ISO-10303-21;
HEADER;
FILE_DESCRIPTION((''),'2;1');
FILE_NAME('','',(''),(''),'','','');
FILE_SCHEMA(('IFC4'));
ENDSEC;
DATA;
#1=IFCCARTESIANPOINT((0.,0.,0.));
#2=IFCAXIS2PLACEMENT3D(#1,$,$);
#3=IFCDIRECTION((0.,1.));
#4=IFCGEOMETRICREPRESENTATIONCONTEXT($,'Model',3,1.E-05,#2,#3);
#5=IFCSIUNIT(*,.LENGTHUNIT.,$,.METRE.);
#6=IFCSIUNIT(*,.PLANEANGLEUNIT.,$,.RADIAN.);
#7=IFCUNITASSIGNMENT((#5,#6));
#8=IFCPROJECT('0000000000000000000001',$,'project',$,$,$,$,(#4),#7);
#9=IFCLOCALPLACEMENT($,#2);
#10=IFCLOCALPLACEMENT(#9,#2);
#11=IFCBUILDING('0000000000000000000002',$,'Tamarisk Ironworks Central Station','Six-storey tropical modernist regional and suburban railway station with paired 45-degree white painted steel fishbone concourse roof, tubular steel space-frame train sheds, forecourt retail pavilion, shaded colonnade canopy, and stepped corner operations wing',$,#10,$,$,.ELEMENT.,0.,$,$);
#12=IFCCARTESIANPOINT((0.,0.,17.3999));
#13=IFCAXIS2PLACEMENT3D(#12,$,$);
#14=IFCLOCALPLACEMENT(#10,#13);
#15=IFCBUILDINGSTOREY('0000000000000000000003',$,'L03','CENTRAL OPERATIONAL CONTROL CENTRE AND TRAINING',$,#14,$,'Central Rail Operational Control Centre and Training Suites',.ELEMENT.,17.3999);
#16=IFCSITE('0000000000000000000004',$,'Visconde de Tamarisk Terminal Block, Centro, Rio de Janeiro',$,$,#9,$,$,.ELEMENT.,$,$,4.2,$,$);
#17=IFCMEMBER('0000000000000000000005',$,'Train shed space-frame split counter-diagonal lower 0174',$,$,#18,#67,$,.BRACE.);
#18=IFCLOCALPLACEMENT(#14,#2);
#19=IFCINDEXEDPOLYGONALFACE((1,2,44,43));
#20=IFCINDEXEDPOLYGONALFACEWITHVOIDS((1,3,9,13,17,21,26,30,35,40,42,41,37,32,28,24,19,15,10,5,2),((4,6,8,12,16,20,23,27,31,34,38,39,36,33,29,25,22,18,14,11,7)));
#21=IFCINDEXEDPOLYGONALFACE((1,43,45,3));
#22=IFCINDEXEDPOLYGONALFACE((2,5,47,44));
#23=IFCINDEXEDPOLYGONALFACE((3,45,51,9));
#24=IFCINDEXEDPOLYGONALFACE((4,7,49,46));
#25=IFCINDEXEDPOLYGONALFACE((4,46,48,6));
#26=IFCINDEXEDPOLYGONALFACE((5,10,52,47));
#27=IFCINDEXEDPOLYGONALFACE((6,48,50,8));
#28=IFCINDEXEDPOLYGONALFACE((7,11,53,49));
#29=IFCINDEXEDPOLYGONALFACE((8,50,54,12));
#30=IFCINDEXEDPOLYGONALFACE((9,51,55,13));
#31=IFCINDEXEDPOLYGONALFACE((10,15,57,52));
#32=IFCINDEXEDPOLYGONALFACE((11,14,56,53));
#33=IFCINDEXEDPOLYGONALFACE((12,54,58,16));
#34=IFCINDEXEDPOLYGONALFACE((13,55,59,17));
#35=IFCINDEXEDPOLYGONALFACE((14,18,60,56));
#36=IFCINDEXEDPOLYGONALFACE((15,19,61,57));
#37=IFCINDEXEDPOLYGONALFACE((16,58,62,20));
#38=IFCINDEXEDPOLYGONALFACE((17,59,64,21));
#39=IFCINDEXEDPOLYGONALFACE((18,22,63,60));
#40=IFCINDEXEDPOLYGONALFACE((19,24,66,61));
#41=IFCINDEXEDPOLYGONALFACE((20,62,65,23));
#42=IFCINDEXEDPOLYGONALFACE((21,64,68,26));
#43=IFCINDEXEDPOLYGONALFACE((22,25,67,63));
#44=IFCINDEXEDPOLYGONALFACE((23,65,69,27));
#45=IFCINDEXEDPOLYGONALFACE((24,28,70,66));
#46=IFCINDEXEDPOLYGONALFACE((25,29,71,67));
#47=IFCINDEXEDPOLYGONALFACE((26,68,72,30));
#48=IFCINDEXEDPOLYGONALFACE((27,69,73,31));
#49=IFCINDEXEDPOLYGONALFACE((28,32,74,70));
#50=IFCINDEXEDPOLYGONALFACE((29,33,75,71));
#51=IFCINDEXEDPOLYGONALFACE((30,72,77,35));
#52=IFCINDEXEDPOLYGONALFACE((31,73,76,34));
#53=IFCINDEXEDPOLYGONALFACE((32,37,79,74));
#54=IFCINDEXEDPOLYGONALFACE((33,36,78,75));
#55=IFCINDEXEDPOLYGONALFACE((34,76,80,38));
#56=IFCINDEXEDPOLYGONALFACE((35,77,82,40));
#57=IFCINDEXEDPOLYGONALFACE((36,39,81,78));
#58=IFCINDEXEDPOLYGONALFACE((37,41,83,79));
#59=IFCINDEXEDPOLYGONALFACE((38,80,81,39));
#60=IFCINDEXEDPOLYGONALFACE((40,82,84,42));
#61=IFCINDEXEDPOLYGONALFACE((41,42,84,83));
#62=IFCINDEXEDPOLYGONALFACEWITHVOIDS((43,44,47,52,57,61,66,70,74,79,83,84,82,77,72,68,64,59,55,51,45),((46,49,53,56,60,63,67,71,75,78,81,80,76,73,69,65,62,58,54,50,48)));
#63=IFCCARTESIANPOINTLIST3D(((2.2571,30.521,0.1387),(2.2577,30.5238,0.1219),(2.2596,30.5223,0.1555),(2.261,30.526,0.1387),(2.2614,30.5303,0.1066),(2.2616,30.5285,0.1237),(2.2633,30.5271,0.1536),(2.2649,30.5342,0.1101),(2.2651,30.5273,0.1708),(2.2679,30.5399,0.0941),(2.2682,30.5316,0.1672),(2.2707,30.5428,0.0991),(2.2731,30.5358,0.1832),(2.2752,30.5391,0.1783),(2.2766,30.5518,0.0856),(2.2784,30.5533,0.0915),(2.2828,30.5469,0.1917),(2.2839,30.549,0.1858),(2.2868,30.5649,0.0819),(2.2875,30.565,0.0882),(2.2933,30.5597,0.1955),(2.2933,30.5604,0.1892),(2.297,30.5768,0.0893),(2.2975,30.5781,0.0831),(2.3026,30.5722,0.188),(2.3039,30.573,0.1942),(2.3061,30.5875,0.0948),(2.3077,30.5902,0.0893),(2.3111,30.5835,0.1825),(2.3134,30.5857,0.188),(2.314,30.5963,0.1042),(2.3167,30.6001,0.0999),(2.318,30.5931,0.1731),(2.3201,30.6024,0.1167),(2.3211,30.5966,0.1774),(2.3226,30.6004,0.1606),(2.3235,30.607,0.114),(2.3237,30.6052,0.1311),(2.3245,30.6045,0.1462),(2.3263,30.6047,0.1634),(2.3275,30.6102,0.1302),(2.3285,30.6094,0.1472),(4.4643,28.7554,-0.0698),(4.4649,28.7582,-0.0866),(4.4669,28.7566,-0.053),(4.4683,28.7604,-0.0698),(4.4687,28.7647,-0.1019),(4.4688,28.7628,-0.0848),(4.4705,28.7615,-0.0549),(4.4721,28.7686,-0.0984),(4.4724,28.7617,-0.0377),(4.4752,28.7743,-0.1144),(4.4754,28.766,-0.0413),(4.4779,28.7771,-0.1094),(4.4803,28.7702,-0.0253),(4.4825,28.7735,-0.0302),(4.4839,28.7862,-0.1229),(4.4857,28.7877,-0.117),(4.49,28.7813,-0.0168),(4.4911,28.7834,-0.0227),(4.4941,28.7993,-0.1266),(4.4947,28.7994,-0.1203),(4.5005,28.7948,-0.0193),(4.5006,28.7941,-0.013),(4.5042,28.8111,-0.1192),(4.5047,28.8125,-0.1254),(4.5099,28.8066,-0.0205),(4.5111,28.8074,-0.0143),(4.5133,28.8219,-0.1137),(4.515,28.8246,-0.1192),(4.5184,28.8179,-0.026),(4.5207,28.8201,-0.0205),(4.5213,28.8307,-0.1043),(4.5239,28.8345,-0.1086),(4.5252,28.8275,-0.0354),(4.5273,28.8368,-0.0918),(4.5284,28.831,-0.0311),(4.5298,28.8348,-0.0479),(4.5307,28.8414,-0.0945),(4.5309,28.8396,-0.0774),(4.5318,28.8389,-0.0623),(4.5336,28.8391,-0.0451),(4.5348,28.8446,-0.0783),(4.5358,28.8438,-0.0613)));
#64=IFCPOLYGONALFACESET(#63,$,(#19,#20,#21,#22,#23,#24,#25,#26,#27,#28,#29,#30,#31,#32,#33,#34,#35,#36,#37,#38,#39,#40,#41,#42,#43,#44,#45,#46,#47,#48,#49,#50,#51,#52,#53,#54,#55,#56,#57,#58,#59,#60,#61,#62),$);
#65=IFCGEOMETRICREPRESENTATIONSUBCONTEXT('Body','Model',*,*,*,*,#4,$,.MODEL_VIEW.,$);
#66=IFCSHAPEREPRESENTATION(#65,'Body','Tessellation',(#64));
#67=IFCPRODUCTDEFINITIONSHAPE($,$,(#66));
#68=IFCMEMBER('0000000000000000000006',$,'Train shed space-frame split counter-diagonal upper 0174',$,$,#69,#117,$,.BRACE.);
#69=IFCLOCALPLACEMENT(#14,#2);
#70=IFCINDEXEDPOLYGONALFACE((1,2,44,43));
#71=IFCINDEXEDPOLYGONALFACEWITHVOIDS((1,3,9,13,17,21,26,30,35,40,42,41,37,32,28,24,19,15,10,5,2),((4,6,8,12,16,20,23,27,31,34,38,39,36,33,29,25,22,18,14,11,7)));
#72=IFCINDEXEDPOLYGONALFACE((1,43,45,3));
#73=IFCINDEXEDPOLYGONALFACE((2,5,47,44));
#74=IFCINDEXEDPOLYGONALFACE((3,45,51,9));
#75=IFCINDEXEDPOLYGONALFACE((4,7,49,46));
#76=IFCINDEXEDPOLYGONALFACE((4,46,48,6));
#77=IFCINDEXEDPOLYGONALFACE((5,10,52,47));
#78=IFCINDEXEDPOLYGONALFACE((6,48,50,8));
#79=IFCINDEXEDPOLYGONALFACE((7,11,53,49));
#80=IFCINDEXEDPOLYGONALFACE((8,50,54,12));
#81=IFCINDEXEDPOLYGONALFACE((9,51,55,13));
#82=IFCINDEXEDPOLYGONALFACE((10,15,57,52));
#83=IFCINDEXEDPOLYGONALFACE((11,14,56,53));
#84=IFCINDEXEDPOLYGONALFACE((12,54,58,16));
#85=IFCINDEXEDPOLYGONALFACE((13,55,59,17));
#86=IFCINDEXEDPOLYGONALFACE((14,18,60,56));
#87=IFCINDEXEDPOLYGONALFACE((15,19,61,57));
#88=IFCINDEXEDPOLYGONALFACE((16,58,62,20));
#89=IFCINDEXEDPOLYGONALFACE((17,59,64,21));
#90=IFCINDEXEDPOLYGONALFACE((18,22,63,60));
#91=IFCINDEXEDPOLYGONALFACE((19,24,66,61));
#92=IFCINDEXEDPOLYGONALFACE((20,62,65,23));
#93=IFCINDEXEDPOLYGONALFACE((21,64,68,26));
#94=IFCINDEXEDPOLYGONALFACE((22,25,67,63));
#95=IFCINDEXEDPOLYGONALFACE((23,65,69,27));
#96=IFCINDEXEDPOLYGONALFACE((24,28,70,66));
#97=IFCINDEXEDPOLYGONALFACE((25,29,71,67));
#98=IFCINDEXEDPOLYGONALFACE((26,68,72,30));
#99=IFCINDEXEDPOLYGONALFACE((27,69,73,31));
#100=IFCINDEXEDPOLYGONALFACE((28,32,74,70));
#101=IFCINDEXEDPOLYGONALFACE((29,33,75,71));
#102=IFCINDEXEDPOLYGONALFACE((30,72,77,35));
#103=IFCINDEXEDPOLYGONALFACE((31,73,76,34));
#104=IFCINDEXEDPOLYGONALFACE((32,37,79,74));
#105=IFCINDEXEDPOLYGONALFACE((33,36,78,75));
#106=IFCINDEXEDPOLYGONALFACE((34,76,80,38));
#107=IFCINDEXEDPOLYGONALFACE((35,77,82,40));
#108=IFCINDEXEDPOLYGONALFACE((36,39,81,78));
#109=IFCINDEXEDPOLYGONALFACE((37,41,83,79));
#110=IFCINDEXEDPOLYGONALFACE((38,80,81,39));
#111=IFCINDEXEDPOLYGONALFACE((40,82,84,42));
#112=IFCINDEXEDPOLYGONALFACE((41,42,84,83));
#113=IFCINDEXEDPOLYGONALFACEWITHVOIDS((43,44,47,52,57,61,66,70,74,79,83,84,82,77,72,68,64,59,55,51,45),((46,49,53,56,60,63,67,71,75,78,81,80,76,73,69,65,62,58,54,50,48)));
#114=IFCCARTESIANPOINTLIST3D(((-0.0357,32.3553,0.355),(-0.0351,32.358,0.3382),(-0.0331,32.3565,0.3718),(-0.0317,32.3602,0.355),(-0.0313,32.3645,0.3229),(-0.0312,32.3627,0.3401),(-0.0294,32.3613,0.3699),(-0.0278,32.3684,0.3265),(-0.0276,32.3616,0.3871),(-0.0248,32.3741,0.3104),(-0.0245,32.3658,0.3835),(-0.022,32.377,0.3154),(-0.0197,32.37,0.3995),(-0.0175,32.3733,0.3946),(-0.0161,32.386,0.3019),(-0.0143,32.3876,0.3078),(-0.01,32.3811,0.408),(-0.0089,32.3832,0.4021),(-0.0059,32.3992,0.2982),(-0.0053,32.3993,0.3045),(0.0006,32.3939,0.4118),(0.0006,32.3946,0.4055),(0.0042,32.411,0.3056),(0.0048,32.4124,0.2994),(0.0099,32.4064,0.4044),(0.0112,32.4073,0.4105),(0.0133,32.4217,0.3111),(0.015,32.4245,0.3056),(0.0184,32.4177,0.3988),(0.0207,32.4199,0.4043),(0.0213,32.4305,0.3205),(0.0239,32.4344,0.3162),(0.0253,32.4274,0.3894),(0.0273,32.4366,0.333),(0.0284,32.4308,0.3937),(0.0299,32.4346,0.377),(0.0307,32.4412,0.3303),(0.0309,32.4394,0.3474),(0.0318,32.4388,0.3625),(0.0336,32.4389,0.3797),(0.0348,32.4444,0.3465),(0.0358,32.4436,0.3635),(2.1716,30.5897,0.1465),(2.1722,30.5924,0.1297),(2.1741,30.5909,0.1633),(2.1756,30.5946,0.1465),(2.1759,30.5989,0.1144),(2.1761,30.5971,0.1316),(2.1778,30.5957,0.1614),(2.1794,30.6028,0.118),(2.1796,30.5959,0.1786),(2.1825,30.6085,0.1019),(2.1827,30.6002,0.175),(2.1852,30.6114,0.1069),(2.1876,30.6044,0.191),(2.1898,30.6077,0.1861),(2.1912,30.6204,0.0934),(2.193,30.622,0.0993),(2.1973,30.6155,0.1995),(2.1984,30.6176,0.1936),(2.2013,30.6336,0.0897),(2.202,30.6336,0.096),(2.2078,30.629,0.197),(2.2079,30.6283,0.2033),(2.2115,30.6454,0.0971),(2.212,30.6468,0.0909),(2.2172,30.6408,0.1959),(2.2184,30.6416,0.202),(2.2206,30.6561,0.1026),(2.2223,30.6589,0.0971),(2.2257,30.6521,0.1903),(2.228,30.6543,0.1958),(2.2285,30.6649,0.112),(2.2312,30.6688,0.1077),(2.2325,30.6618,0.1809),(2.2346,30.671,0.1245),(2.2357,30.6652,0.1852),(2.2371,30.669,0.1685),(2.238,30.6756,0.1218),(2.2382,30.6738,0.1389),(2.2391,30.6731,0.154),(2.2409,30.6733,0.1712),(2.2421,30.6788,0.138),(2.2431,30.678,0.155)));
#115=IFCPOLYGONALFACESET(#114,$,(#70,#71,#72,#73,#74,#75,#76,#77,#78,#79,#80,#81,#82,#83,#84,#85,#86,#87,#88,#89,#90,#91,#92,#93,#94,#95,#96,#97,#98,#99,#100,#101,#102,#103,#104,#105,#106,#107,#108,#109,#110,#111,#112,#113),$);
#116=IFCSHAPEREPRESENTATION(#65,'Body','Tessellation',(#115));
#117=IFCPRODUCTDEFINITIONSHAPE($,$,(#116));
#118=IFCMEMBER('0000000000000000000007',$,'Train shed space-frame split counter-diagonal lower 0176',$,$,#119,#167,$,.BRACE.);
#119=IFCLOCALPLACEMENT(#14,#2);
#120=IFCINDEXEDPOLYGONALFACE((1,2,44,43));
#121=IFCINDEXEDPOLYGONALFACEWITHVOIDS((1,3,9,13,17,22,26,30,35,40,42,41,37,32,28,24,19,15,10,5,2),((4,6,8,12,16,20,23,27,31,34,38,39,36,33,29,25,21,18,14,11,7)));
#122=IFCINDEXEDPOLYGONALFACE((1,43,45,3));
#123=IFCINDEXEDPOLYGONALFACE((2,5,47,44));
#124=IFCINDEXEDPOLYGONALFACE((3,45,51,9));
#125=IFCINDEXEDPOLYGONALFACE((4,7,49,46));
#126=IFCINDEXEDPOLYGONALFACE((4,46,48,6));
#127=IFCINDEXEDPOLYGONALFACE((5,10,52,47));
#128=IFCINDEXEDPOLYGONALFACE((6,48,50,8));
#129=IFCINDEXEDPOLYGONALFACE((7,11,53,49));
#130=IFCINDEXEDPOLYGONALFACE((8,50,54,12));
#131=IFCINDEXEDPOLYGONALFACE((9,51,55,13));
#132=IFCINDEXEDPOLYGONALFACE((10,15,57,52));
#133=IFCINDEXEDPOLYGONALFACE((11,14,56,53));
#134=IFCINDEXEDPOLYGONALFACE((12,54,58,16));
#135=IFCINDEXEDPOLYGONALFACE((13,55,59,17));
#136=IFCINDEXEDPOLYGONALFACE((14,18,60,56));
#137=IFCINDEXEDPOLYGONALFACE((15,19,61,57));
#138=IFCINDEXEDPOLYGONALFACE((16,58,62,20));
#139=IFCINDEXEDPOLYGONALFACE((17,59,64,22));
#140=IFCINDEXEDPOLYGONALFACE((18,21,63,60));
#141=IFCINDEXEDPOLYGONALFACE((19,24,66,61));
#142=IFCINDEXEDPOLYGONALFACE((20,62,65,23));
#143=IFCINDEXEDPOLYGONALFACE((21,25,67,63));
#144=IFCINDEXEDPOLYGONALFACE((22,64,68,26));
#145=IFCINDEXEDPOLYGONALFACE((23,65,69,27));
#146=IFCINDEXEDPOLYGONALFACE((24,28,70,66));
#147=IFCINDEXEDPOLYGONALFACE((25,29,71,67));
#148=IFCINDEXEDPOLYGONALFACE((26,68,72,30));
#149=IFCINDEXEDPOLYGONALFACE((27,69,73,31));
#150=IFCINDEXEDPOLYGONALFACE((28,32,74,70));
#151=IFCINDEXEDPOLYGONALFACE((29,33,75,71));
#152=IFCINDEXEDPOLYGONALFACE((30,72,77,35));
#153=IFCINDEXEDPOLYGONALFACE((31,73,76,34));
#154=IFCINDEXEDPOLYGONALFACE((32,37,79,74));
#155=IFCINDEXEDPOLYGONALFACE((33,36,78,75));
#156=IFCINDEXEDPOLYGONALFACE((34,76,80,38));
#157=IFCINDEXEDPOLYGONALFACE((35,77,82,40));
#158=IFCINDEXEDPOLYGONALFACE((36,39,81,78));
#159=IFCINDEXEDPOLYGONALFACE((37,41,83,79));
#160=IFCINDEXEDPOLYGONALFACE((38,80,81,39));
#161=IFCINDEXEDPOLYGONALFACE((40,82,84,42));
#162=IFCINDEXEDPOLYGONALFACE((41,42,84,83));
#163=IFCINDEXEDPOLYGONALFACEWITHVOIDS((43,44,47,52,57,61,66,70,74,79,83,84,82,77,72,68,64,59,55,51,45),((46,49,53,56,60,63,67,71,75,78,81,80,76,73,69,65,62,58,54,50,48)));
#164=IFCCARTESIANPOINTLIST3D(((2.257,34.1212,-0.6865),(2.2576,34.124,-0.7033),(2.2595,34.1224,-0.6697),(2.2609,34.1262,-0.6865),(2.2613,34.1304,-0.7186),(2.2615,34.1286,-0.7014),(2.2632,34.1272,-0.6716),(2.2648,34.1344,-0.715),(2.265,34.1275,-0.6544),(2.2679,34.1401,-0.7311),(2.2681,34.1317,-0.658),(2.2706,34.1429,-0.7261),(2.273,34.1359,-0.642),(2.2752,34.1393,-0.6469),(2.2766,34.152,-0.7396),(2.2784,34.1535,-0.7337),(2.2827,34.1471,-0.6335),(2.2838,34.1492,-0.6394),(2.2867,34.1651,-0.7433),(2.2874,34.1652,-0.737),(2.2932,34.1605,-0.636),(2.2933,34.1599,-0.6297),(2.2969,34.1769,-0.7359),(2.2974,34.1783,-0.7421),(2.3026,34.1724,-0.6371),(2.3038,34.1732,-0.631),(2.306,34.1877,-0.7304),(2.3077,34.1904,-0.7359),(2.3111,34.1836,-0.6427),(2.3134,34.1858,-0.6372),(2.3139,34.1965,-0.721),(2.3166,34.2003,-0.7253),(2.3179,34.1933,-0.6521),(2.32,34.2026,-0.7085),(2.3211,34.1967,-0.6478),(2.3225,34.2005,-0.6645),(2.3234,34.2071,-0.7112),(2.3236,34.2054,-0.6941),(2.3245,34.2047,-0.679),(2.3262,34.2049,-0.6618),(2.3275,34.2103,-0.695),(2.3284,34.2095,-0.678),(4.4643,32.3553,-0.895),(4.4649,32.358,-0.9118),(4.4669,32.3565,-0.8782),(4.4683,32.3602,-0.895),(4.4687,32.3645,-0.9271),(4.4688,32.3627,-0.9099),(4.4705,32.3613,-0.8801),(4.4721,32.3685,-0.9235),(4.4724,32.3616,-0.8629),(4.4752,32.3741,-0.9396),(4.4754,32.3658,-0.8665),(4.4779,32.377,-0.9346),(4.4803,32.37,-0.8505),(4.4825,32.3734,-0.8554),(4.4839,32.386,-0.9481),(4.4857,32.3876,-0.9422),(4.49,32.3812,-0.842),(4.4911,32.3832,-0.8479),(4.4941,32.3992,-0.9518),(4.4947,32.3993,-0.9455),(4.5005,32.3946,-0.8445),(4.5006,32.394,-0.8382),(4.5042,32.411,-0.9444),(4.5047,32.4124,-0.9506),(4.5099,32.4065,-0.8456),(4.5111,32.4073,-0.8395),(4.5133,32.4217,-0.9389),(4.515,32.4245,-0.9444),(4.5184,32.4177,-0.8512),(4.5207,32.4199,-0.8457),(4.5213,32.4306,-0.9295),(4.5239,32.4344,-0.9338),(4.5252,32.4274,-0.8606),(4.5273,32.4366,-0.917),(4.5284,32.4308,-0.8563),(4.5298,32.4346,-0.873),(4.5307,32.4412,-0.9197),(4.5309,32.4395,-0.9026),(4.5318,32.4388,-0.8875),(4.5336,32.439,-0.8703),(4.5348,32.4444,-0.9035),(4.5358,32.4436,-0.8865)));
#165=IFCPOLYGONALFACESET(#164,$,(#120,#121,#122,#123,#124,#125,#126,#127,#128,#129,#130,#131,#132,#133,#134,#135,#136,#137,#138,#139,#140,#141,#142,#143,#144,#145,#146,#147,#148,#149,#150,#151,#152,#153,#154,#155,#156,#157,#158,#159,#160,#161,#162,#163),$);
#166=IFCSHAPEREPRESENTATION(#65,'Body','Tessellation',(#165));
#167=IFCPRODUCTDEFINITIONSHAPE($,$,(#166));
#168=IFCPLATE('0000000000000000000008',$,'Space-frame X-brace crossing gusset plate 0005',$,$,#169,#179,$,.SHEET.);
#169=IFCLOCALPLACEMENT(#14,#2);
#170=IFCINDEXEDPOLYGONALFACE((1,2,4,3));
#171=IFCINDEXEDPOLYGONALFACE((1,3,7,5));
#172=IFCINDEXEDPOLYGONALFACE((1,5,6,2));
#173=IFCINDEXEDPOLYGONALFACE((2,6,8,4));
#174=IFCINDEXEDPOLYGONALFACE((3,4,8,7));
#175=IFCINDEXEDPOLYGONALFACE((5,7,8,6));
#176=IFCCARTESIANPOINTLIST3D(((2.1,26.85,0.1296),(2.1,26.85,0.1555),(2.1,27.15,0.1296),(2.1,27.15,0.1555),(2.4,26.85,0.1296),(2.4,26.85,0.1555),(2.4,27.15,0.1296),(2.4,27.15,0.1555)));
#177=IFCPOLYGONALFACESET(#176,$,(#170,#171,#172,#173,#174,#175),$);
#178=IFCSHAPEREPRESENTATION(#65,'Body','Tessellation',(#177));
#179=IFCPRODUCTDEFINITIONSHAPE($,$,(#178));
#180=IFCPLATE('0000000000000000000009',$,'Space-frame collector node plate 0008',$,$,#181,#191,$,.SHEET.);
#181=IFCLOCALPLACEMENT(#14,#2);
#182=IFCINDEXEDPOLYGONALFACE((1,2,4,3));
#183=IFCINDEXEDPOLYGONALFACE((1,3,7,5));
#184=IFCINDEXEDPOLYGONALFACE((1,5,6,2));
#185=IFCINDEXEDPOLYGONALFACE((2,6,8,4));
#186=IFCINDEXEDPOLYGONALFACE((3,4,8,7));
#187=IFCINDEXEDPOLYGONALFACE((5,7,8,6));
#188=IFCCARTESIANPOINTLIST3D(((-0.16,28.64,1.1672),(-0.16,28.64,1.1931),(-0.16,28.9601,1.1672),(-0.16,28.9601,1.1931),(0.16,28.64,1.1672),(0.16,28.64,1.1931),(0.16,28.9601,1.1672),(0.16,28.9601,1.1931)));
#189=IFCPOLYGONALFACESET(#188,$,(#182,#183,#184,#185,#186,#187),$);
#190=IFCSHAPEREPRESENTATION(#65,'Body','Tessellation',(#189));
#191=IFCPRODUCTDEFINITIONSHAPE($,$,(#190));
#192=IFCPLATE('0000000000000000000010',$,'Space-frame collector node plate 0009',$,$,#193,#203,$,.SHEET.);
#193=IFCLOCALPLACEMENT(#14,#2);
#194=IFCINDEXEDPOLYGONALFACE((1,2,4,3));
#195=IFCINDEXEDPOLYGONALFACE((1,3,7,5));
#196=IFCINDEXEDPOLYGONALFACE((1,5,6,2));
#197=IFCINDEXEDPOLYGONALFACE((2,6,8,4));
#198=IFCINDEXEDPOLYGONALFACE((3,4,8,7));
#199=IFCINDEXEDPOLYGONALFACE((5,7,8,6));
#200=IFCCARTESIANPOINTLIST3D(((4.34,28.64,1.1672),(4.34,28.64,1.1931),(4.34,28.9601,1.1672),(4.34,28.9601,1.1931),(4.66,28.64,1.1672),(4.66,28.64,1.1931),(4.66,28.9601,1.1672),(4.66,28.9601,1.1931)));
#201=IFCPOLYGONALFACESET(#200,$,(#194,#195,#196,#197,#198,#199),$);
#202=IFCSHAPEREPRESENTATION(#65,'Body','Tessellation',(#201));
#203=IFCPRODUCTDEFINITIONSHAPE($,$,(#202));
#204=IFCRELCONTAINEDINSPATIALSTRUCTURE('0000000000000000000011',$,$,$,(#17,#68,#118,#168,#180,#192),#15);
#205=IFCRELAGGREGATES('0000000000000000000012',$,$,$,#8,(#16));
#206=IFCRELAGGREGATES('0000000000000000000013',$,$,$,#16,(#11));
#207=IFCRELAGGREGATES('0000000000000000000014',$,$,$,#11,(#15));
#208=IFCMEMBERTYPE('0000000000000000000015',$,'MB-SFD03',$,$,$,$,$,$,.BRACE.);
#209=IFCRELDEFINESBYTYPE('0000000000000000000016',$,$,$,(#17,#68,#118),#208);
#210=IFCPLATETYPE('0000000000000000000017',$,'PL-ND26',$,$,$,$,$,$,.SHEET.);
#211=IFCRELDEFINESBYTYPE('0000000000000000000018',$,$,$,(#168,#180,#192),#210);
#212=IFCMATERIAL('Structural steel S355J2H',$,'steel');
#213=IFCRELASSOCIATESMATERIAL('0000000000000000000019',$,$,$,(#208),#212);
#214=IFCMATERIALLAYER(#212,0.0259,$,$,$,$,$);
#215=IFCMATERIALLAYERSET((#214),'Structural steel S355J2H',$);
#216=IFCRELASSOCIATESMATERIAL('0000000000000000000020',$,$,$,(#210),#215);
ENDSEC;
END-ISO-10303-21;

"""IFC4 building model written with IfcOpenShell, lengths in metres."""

from ifc_helpers import new_model, si_unit, direction, frame, origin, origin_2d, place, context, subcontext, project, spatial, rectangle, hollow_circle, extrude, material, layer, layer_set, material_profile, profile_set, type_object, element, save


model = new_model("IFC4")

# Units and contexts
model_context = context("Model", 3, precision=1e-05, world=origin(), true_north=direction((0.0, 1.0)))
body_context = subcontext(model_context, "Body", "Model", "MODEL_VIEW")
ifc_project = project(units=[si_unit("LENGTHUNIT", "METRE"), si_unit("PLANEANGLEUNIT", "RADIAN")], contexts=[model_context])

# Site, building, storey
site_placement = place(None, origin())
site = spatial("IfcSite", under=ifc_project, at=site_placement, Name="Visconde de Tamarisk Terminal Block, Centro, Rio de Janeiro", CompositionType="ELEMENT", RefElevation=4.2)
building_placement = place(site_placement, origin())
building = spatial("IfcBuilding", under=site, at=building_placement, Name="Tamarisk Ironworks Central Station", Description="Six-storey tropical modernist regional and suburban railway station with paired 45-degree white painted steel fishbone concourse roof, tubular steel space-frame train sheds, forecourt retail pavilion, shaded colonnade canopy, and stepped corner operations wing", CompositionType="ELEMENT", ElevationOfRefHeight=0.0)
storey_placement = place(building_placement, frame((0.0, 0.0, 17.3999)))
storey = spatial("IfcBuildingStorey", under=building, at=storey_placement, Name="L03", Description="CENTRAL OPERATIONAL CONTROL CENTRE AND TRAINING", LongName="Central Rail Operational Control Centre and Training Suites", CompositionType="ELEMENT", Elevation=17.3999)

# Members
ifc_material_1 = material(Name="Structural steel S355J2H", Category="steel")
ifc_material_profile_1 = material_profile(ifc_material_1, hollow_circle(Radius=0.0571, WallThickness=0.0063, at=origin_2d()), Name="CHS 114.3x6.3")
ifc_profile_set_1 = profile_set([ifc_material_profile_1], Name="Structural steel S355J2H")
member_type_1 = type_object("IfcMemberType", Name="MB-SFD03", PredefinedType="BRACE", material=ifc_profile_set_1)
for number, where, z_axis, x_axis, name in (
    (1, (4.5, 28.8, -0.0698), (-0.778787, 0.62296, 0.073563), (-0.624653, -0.780903, 0.0), "Train shed space-frame split counter-diagonal lower 0174"),
    (2, (2.2073, 30.6343, 0.1465), (-0.778787, 0.62296, 0.073563), (-0.624653, -0.780903, 0.0), "Train shed space-frame split counter-diagonal upper 0174"),
):
    element("IfcMember", number, at=place(storey_placement, frame(where, z_axis=z_axis, x_axis=x_axis)), inside=storey, type_object=member_type_1, Name=name, PredefinedType="BRACE", context=body_context, shape_type="SweptSolid", body=[
        extrude(hollow_circle(Radius=0.0571, WallThickness=0.0063, at=origin_2d()), origin(), (0.0, 0.0, 1.0), 2.8342),
    ])
member_1_placement = place(storey_placement, frame((4.5, 32.3999, -0.895), z_axis=(-0.778745, 0.623013, 0.073559), x_axis=(-0.624706, -0.78086, 0.0)))
element("IfcMember", 3, at=member_1_placement, inside=storey, type_object=member_type_1, Name="Train shed space-frame split counter-diagonal lower 0176", PredefinedType="BRACE", context=body_context, shape_type="SweptSolid", body=[
    extrude(hollow_circle(Radius=0.0571, WallThickness=0.0063, at=origin_2d()), origin(), (0.0, 0.0, 1.0), 2.8345),
])

# Plates
ifc_layer_1 = layer(ifc_material_1, 0.0259)
ifc_layer_set_1 = layer_set([ifc_layer_1], Name="Structural steel S355J2H")
plate_type = type_object("IfcPlateType", Name="PL-ND26", PredefinedType="SHEET", material=ifc_layer_set_1)
plate_1_placement = place(storey_placement, frame((2.25, 27.0, 0.1296), z_axis=(0.0, 0.0, 1.0), x_axis=(1.0, 0.0, 0.0)))
element("IfcPlate", 4, at=plate_1_placement, inside=storey, type_object=plate_type, Name="Space-frame X-brace crossing gusset plate 0005", PredefinedType="SHEET", context=body_context, shape_type="SweptSolid", body=[
    extrude(rectangle(XDim=0.3, YDim=0.3, at=origin_2d()), origin(), (0.0, 0.0, 1.0), 0.0259),
])
for number, where, z_axis, x_axis, name in (
    (5, (0.0, 28.8, 1.1672), (0.0, 0.0, 1.0), (1.0, 0.0, 0.0), "Space-frame collector node plate 0008"),
    (6, (4.5, 28.8, 1.1672), (0.0, 0.0, 1.0), (1.0, 0.0, 0.0), "Space-frame collector node plate 0009"),
):
    element("IfcPlate", number, at=place(storey_placement, frame(where, z_axis=z_axis, x_axis=x_axis)), inside=storey, type_object=plate_type, Name=name, PredefinedType="SHEET", context=body_context, shape_type="SweptSolid", body=[
        extrude(rectangle(XDim=0.3201, YDim=0.3201, at=origin_2d()), origin(), (0.0, 0.0, 1.0), 0.0259),
    ])

save(model, "model.ifc")
